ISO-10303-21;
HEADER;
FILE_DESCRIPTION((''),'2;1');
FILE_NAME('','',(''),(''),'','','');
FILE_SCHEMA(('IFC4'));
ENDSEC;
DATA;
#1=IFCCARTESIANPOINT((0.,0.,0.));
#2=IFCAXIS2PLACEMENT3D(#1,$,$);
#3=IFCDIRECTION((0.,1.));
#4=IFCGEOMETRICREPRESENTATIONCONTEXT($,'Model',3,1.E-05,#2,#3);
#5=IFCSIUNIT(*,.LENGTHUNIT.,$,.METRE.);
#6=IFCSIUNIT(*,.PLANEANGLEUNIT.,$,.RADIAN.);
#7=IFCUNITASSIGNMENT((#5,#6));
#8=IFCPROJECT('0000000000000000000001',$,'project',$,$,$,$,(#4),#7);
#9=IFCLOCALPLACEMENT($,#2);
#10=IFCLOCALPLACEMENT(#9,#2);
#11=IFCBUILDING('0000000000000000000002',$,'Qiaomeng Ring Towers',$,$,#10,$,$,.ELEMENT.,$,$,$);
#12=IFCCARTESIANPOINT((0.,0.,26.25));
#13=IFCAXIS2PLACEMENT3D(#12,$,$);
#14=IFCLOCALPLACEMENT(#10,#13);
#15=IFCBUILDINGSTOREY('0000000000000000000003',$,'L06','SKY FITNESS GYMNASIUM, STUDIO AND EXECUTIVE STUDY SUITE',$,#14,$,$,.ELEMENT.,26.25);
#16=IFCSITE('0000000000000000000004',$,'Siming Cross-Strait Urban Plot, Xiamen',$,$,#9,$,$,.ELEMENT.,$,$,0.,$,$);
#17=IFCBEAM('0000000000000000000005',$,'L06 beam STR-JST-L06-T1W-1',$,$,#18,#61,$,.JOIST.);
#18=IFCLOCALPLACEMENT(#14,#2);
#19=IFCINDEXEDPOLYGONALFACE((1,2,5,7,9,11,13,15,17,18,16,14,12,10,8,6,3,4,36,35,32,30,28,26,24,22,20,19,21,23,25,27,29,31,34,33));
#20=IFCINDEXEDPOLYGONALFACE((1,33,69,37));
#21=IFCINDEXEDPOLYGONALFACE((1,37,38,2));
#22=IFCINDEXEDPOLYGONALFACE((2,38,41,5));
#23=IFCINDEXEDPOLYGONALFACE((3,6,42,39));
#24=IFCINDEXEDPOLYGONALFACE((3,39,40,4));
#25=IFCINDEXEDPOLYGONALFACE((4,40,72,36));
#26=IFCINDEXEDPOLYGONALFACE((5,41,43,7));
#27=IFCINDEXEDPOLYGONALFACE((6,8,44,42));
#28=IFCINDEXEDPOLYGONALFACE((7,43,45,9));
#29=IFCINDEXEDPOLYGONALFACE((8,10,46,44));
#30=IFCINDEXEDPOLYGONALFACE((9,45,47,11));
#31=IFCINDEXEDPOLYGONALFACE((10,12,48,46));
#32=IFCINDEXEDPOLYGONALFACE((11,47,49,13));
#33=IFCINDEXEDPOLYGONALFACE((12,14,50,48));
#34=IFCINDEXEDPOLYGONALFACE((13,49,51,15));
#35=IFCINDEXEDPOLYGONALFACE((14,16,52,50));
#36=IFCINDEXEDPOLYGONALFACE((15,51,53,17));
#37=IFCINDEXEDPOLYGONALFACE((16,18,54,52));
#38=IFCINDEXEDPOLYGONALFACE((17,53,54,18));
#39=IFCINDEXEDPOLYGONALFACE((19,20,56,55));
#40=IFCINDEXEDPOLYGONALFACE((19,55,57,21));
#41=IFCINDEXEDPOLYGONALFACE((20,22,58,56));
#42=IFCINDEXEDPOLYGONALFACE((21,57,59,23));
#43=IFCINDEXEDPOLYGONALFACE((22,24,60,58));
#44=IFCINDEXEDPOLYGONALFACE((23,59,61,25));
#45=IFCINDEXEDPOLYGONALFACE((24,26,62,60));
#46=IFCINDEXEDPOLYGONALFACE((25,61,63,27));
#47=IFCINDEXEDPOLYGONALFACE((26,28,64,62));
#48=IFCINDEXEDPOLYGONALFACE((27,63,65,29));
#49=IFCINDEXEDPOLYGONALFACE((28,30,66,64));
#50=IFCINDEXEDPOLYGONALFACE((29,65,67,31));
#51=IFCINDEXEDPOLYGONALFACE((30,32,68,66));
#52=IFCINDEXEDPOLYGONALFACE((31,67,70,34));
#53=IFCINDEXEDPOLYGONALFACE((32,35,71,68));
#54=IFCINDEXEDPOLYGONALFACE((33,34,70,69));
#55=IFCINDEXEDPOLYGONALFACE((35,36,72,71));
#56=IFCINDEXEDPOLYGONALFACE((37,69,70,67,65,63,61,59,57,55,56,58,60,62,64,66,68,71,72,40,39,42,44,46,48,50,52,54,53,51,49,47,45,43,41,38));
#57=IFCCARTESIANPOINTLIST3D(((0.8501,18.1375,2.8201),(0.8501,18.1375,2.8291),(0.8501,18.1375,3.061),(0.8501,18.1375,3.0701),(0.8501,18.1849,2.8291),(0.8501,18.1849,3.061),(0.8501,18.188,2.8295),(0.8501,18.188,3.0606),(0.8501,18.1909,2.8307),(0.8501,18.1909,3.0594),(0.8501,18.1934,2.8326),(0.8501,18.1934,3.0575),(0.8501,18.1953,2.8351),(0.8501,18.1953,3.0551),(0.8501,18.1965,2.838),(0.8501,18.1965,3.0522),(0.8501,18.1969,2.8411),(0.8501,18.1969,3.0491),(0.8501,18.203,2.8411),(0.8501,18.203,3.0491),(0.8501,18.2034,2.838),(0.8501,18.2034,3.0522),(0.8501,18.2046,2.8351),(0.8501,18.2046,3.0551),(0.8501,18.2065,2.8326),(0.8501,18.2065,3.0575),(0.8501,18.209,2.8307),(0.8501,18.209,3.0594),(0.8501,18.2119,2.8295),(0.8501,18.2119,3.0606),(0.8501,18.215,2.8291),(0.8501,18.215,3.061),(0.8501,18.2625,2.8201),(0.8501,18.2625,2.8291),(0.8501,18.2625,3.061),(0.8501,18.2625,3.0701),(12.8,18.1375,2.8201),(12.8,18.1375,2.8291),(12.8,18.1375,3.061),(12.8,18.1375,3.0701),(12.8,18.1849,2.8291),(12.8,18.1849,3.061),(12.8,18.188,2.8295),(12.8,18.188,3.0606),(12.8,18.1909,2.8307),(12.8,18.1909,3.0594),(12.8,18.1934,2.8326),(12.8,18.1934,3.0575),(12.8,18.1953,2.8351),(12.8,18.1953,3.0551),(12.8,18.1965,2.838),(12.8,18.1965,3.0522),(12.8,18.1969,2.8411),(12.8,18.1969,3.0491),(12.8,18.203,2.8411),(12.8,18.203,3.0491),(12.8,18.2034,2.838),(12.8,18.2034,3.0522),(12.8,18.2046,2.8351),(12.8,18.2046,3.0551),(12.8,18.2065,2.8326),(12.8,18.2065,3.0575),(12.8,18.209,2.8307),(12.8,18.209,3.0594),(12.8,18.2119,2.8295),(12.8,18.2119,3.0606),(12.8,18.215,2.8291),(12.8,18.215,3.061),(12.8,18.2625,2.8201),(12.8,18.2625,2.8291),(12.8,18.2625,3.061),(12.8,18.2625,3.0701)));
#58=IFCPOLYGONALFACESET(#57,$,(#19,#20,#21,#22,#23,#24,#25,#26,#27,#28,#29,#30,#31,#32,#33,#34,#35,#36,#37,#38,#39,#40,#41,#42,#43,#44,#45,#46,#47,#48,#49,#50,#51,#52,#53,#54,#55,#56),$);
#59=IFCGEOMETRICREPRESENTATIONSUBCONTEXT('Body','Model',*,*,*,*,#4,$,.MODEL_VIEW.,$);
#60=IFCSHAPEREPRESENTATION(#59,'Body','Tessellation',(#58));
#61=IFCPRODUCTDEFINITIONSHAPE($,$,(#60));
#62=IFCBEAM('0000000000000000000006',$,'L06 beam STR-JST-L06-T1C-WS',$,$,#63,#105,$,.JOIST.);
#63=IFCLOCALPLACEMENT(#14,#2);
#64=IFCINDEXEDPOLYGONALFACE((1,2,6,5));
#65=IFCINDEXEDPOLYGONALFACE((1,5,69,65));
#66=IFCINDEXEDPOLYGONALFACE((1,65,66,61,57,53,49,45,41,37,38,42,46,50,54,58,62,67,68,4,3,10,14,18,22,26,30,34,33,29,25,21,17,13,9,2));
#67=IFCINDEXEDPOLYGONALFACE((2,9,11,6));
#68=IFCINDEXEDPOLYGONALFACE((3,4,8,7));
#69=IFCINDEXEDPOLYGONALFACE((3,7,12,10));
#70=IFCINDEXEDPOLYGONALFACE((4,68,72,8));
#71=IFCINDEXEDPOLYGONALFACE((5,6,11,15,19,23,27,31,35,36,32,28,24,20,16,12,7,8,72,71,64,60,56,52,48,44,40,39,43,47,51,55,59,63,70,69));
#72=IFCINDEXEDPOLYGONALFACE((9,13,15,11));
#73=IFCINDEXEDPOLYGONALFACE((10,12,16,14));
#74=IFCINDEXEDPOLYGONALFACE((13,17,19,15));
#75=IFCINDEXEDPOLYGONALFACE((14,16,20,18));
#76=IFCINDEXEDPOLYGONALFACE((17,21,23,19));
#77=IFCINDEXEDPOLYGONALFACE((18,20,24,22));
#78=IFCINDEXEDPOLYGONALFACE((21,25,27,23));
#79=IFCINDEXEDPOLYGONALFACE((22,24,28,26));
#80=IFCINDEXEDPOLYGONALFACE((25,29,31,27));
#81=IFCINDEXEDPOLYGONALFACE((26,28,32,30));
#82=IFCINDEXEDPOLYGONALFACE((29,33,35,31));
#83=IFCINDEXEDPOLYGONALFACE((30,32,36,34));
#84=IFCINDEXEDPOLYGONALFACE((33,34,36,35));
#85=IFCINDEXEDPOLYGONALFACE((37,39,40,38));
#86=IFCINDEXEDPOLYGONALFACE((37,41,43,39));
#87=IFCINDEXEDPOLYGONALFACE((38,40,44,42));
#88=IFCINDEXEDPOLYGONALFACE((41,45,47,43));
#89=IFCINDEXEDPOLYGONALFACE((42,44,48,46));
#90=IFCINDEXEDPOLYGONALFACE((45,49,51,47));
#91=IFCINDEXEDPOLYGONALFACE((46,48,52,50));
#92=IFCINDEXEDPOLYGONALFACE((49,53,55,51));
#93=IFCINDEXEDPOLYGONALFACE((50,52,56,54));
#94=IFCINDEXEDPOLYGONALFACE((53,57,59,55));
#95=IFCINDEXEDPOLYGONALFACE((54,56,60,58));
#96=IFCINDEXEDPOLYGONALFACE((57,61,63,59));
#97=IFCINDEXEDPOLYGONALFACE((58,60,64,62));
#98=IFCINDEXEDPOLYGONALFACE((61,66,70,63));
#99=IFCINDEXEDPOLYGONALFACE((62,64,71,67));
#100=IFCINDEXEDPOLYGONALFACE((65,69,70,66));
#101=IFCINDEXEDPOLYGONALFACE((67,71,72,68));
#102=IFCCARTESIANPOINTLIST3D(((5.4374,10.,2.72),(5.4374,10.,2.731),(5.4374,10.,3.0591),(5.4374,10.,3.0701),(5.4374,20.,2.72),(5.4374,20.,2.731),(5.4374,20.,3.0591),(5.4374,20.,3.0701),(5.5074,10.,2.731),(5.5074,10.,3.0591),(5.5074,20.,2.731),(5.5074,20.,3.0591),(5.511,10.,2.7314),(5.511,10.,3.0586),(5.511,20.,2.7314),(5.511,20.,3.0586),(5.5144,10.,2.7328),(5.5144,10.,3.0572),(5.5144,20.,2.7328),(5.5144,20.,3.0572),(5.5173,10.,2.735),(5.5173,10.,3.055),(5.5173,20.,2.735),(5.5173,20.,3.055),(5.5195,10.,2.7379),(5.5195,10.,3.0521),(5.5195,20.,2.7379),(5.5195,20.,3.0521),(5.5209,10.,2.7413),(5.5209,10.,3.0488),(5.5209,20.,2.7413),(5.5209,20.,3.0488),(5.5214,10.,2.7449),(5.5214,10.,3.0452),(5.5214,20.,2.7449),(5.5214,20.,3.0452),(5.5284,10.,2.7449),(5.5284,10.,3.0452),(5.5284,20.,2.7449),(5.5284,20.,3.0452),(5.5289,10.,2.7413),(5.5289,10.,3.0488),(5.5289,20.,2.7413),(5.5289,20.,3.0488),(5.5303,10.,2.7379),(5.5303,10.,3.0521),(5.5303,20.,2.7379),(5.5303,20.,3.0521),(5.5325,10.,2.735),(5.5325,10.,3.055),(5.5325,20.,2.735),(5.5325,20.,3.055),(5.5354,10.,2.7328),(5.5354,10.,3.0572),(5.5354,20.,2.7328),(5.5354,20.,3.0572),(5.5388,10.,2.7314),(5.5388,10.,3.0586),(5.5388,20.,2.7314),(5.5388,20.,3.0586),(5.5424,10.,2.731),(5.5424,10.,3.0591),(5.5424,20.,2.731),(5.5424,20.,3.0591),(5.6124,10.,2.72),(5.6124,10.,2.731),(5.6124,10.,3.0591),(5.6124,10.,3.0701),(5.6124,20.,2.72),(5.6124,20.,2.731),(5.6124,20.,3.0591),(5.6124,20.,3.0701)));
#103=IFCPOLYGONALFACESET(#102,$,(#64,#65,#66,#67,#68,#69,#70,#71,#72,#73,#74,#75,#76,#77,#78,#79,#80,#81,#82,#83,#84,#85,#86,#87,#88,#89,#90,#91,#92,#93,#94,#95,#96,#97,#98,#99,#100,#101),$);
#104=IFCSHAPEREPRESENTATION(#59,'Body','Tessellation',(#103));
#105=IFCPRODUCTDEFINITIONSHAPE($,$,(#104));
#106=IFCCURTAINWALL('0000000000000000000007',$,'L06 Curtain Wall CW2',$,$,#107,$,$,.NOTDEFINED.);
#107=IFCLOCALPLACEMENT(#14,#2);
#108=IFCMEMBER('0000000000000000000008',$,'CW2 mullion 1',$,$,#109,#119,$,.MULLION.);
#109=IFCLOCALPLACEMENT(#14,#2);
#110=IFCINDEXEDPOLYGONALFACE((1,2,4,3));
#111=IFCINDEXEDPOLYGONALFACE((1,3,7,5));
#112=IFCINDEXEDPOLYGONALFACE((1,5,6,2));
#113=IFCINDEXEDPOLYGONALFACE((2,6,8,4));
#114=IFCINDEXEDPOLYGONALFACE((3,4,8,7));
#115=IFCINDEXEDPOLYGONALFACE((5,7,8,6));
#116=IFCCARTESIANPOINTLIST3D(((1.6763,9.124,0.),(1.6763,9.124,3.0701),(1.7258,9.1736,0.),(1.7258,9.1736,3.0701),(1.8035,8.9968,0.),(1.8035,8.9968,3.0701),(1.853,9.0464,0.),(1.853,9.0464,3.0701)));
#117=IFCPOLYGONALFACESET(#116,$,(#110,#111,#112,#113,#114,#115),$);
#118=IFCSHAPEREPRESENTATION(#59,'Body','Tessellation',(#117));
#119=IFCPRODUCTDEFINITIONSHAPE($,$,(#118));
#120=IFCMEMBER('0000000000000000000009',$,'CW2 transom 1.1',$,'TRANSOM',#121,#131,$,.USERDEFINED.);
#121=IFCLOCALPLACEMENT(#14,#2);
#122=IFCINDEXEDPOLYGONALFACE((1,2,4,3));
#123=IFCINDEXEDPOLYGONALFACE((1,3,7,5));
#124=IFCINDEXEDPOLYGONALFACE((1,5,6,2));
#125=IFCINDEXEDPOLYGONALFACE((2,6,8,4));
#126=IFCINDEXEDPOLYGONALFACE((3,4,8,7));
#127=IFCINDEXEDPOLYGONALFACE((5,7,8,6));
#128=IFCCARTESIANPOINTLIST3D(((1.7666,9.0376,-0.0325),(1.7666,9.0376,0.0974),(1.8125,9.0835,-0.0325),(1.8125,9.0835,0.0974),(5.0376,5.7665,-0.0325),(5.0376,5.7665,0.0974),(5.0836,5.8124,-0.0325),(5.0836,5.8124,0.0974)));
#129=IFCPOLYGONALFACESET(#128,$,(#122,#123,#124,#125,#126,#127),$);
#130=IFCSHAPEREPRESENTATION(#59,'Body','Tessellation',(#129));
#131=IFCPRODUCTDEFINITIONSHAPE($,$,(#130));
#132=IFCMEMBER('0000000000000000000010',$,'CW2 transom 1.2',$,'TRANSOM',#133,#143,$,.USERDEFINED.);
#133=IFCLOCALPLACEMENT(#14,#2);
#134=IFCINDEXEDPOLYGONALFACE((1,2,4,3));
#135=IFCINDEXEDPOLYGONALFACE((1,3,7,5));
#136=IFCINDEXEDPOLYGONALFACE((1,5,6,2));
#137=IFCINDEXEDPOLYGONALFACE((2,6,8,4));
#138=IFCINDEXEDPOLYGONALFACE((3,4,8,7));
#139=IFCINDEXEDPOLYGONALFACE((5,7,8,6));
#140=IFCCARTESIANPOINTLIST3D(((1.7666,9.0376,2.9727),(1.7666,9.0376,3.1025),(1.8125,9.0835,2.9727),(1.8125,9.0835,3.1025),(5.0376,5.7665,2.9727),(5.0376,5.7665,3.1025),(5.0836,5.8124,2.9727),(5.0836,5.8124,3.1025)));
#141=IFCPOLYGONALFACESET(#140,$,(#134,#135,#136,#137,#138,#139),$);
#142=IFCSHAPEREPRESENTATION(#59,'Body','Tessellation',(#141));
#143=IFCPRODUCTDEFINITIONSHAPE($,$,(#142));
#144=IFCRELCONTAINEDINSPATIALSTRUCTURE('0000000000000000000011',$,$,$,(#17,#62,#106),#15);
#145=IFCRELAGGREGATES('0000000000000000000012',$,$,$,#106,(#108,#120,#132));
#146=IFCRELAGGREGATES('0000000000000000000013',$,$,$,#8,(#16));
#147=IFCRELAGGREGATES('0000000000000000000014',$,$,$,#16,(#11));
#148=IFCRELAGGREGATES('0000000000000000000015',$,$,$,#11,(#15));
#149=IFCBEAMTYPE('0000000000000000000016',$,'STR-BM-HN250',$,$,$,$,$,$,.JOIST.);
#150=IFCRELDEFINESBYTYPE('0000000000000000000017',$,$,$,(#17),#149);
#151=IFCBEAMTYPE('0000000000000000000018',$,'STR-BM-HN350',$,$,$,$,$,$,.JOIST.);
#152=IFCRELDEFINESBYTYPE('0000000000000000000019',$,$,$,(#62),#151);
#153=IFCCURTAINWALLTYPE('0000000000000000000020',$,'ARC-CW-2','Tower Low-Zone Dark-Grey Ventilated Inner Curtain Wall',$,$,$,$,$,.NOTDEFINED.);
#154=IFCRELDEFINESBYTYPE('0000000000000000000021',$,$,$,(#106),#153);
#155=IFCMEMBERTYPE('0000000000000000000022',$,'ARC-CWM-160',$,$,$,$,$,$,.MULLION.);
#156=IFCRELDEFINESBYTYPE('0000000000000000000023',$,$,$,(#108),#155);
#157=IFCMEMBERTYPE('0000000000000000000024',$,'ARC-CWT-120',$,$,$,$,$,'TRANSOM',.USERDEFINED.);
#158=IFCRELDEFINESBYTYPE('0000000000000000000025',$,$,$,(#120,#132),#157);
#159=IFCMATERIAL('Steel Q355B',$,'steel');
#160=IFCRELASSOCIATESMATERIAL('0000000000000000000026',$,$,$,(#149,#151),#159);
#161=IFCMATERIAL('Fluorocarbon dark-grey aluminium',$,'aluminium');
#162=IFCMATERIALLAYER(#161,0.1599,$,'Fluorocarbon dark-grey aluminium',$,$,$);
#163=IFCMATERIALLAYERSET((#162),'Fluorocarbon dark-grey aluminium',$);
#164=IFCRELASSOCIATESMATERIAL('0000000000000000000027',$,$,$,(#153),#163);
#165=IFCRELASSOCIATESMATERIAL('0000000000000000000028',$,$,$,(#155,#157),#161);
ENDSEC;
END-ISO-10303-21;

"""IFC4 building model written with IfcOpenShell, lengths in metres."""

from ifc_helpers import new_model, si_unit, direction, frame, origin, origin_2d, place, context, subcontext, project, spatial, rectangle, i_section, extrude, source, transform, mapped, material, layer, layer_set, material_profile, profile_set, type_object, element, aggregate, save


model = new_model("IFC4")

# Units and contexts
model_context = context("Model", 3, precision=1e-05, world=origin(), true_north=direction((0.0, 1.0)))
body_context = subcontext(model_context, "Body", "Model", "MODEL_VIEW")
ifc_project = project(units=[si_unit("LENGTHUNIT", "METRE"), si_unit("PLANEANGLEUNIT", "RADIAN")], contexts=[model_context])

# Site, building, storey
site_placement = place(None, origin())
site = spatial("IfcSite", under=ifc_project, at=site_placement, Name="Siming Cross-Strait Urban Plot, Xiamen", CompositionType="ELEMENT", RefElevation=0.0)
building_placement = place(site_placement, origin())
building = spatial("IfcBuilding", under=site, at=building_placement, Name="Qiaomeng Ring Towers", CompositionType="ELEMENT")
storey_placement = place(building_placement, frame((0.0, 0.0, 26.25)))
storey = spatial("IfcBuildingStorey", under=building, at=storey_placement, Name="L06", Description="SKY FITNESS GYMNASIUM, STUDIO AND EXECUTIVE STUDY SUITE", CompositionType="ELEMENT", Elevation=26.25)

# Beams
ifc_material_1 = material(Name="Steel Q355B", Category="steel")
ifc_material_profile_1 = material_profile(ifc_material_1, i_section(OverallWidth=0.125, OverallDepth=0.25, WebThickness=0.0061, FlangeThickness=0.009, FilletRadius=0.012, at=origin_2d()), Name="HN 250x125x6x9")
ifc_profile_set_1 = profile_set([ifc_material_profile_1], Name="Steel Q355B")
beam_type_1 = type_object("IfcBeamType", Name="STR-BM-HN250", PredefinedType="JOIST", material=ifc_profile_set_1)
shared_shape_1 = source(origin(), body_context, "Body", "SweptSolid", [
    extrude(i_section(OverallWidth=0.125, OverallDepth=0.25, WebThickness=0.0061, FlangeThickness=0.009, FilletRadius=0.012, at=origin_2d()), origin(), (0.0, 0.0, 1.0), 11.95),
])
beam_1_placement = place(storey_placement, frame((0.8501, 18.2, 2.9451), z_axis=(1.0, 0.0, 0.0), x_axis=(0.0, 1.0, 0.0)))
element("IfcBeam", 1, at=beam_1_placement, inside=storey, type_object=beam_type_1, Name="L06 beam STR-JST-L06-T1W-1", PredefinedType="JOIST", context=body_context, shape_type="MappedRepresentation", body=[
    mapped(shared_shape_1, transform((0.0, 0.0, 0.0), x_axis=(1.0, 0.0, 0.0), y_axis=(0.0, 1.0, 0.0), z_axis=(0.0, 0.0, 1.0), scale=1.0)),
])
ifc_material_profile_2 = material_profile(ifc_material_1, i_section(OverallWidth=0.175, OverallDepth=0.3501, WebThickness=0.0071, FlangeThickness=0.011, FilletRadius=0.0139, at=origin_2d()), Name="HN 350x175x7x11")
ifc_profile_set_2 = profile_set([ifc_material_profile_2], Name="Steel Q355B")
beam_type_2 = type_object("IfcBeamType", Name="STR-BM-HN350", PredefinedType="JOIST", material=ifc_profile_set_2)
shared_shape_2 = source(origin(), body_context, "Body", "SweptSolid", [
    extrude(i_section(OverallWidth=0.175, OverallDepth=0.3501, WebThickness=0.0071, FlangeThickness=0.011, FilletRadius=0.0139, at=origin_2d()), origin(), (0.0, 0.0, 1.0), 10.0),
])
beam_2_placement = place(storey_placement, frame((5.5249, 10.0, 2.895), z_axis=(0.0, 1.0, 0.0), x_axis=(-1.0, 0.0, 0.0)))
element("IfcBeam", 2, at=beam_2_placement, inside=storey, type_object=beam_type_2, Name="L06 beam STR-JST-L06-T1C-WS", PredefinedType="JOIST", context=body_context, shape_type="MappedRepresentation", body=[
    mapped(shared_shape_2, transform((0.0, 0.0, 0.0), x_axis=(1.0, 0.0, 0.0), y_axis=(0.0, 1.0, 0.0), z_axis=(0.0, 0.0, 1.0), scale=1.0)),
])

# Curtain wall, members
ifc_material_2 = material(Name="Fluorocarbon dark-grey aluminium", Category="aluminium")
ifc_layer_1 = layer(ifc_material_2, 0.1599, Name="Fluorocarbon dark-grey aluminium")
ifc_layer_set_1 = layer_set([ifc_layer_1], Name="Fluorocarbon dark-grey aluminium")
curtain_wall_type = type_object("IfcCurtainWallType", Name="ARC-CW-2", Description="Tower Low-Zone Dark-Grey Ventilated Inner Curtain Wall", PredefinedType="NOTDEFINED", material=ifc_layer_set_1)
curtain_wall_placement = place(storey_placement, origin())
curtain_wall = element("IfcCurtainWall", 3, at=curtain_wall_placement, inside=storey, type_object=curtain_wall_type, Name="L06 Curtain Wall CW2", PredefinedType="NOTDEFINED")
ifc_material_profile_3 = material_profile(ifc_material_2, rectangle(XDim=0.0701, YDim=0.1799, at=origin_2d()), Name="ALU MULL 70x180")
ifc_profile_set_3 = profile_set([ifc_material_profile_3], Name="Fluorocarbon dark-grey aluminium")
member_type_1 = type_object("IfcMemberType", Name="ARC-CWM-160", PredefinedType="MULLION", material=ifc_profile_set_3)
shared_shape_3 = source(origin(), body_context, "Body", "SweptSolid", [
    extrude(rectangle(XDim=0.0701, YDim=0.1799, at=origin_2d()), origin(), (0.0, 0.0, 1.0), 3.0701),
])
member_1_placement = place(storey_placement, frame((1.7646, 9.0852, 0.0), z_axis=(0.0, 0.0, 1.0), x_axis=(0.707107, 0.707107, 0.0)))
member_1 = element("IfcMember", 4, at=member_1_placement, type_object=member_type_1, Name="CW2 mullion 1", PredefinedType="MULLION", context=body_context, shape_type="MappedRepresentation", body=[
    mapped(shared_shape_3, transform((0.0, 0.0, 0.0), x_axis=(1.0, 0.0, 0.0), y_axis=(0.0, 1.0, 0.0), z_axis=(0.0, 0.0, 1.0), scale=1.0)),
])
ifc_material_profile_4 = material_profile(ifc_material_2, rectangle(XDim=0.0649, YDim=0.1299, at=origin_2d()), Name="ALU TRAN 65x130")
ifc_profile_set_4 = profile_set([ifc_material_profile_4], Name="Fluorocarbon dark-grey aluminium")
member_type_2 = type_object("IfcMemberType", Name="ARC-CWT-120", ElementType="TRANSOM", PredefinedType="USERDEFINED", material=ifc_profile_set_4)
shared_shape_4 = source(origin(), body_context, "Body", "SweptSolid", [
    extrude(rectangle(XDim=0.0649, YDim=0.1299, at=origin_2d()), origin(), (0.0, 0.0, 1.0), 4.626),
])
member_2_placement = place(storey_placement, frame((1.7896, 9.0605, 0.0325), z_axis=(0.707107, -0.707107, 0.0), x_axis=(0.707107, 0.707107, 0.0)))
member_2 = element("IfcMember", 5, at=member_2_placement, type_object=member_type_2, Name="CW2 transom 1.1", ObjectType="TRANSOM", PredefinedType="USERDEFINED", context=body_context, shape_type="MappedRepresentation", body=[
    mapped(shared_shape_4, transform((0.0, 0.0, 0.0), x_axis=(1.0, 0.0, 0.0), y_axis=(0.0, 1.0, 0.0), z_axis=(0.0, 0.0, 1.0), scale=1.0)),
])
member_3_placement = place(storey_placement, frame((1.7896, 9.0605, 3.0376), z_axis=(0.707107, -0.707107, 0.0), x_axis=(0.707107, 0.707107, 0.0)))
member_3 = element("IfcMember", 6, at=member_3_placement, type_object=member_type_2, Name="CW2 transom 1.2", ObjectType="TRANSOM", PredefinedType="USERDEFINED", context=body_context, shape_type="MappedRepresentation", body=[
    mapped(shared_shape_4, transform((0.0, 0.0, 0.0), x_axis=(1.0, 0.0, 0.0), y_axis=(0.0, 1.0, 0.0), z_axis=(0.0, 0.0, 1.0), scale=1.0)),
])
aggregate(curtain_wall, [member_1, member_2, member_3])

save(model, "model.ifc")
